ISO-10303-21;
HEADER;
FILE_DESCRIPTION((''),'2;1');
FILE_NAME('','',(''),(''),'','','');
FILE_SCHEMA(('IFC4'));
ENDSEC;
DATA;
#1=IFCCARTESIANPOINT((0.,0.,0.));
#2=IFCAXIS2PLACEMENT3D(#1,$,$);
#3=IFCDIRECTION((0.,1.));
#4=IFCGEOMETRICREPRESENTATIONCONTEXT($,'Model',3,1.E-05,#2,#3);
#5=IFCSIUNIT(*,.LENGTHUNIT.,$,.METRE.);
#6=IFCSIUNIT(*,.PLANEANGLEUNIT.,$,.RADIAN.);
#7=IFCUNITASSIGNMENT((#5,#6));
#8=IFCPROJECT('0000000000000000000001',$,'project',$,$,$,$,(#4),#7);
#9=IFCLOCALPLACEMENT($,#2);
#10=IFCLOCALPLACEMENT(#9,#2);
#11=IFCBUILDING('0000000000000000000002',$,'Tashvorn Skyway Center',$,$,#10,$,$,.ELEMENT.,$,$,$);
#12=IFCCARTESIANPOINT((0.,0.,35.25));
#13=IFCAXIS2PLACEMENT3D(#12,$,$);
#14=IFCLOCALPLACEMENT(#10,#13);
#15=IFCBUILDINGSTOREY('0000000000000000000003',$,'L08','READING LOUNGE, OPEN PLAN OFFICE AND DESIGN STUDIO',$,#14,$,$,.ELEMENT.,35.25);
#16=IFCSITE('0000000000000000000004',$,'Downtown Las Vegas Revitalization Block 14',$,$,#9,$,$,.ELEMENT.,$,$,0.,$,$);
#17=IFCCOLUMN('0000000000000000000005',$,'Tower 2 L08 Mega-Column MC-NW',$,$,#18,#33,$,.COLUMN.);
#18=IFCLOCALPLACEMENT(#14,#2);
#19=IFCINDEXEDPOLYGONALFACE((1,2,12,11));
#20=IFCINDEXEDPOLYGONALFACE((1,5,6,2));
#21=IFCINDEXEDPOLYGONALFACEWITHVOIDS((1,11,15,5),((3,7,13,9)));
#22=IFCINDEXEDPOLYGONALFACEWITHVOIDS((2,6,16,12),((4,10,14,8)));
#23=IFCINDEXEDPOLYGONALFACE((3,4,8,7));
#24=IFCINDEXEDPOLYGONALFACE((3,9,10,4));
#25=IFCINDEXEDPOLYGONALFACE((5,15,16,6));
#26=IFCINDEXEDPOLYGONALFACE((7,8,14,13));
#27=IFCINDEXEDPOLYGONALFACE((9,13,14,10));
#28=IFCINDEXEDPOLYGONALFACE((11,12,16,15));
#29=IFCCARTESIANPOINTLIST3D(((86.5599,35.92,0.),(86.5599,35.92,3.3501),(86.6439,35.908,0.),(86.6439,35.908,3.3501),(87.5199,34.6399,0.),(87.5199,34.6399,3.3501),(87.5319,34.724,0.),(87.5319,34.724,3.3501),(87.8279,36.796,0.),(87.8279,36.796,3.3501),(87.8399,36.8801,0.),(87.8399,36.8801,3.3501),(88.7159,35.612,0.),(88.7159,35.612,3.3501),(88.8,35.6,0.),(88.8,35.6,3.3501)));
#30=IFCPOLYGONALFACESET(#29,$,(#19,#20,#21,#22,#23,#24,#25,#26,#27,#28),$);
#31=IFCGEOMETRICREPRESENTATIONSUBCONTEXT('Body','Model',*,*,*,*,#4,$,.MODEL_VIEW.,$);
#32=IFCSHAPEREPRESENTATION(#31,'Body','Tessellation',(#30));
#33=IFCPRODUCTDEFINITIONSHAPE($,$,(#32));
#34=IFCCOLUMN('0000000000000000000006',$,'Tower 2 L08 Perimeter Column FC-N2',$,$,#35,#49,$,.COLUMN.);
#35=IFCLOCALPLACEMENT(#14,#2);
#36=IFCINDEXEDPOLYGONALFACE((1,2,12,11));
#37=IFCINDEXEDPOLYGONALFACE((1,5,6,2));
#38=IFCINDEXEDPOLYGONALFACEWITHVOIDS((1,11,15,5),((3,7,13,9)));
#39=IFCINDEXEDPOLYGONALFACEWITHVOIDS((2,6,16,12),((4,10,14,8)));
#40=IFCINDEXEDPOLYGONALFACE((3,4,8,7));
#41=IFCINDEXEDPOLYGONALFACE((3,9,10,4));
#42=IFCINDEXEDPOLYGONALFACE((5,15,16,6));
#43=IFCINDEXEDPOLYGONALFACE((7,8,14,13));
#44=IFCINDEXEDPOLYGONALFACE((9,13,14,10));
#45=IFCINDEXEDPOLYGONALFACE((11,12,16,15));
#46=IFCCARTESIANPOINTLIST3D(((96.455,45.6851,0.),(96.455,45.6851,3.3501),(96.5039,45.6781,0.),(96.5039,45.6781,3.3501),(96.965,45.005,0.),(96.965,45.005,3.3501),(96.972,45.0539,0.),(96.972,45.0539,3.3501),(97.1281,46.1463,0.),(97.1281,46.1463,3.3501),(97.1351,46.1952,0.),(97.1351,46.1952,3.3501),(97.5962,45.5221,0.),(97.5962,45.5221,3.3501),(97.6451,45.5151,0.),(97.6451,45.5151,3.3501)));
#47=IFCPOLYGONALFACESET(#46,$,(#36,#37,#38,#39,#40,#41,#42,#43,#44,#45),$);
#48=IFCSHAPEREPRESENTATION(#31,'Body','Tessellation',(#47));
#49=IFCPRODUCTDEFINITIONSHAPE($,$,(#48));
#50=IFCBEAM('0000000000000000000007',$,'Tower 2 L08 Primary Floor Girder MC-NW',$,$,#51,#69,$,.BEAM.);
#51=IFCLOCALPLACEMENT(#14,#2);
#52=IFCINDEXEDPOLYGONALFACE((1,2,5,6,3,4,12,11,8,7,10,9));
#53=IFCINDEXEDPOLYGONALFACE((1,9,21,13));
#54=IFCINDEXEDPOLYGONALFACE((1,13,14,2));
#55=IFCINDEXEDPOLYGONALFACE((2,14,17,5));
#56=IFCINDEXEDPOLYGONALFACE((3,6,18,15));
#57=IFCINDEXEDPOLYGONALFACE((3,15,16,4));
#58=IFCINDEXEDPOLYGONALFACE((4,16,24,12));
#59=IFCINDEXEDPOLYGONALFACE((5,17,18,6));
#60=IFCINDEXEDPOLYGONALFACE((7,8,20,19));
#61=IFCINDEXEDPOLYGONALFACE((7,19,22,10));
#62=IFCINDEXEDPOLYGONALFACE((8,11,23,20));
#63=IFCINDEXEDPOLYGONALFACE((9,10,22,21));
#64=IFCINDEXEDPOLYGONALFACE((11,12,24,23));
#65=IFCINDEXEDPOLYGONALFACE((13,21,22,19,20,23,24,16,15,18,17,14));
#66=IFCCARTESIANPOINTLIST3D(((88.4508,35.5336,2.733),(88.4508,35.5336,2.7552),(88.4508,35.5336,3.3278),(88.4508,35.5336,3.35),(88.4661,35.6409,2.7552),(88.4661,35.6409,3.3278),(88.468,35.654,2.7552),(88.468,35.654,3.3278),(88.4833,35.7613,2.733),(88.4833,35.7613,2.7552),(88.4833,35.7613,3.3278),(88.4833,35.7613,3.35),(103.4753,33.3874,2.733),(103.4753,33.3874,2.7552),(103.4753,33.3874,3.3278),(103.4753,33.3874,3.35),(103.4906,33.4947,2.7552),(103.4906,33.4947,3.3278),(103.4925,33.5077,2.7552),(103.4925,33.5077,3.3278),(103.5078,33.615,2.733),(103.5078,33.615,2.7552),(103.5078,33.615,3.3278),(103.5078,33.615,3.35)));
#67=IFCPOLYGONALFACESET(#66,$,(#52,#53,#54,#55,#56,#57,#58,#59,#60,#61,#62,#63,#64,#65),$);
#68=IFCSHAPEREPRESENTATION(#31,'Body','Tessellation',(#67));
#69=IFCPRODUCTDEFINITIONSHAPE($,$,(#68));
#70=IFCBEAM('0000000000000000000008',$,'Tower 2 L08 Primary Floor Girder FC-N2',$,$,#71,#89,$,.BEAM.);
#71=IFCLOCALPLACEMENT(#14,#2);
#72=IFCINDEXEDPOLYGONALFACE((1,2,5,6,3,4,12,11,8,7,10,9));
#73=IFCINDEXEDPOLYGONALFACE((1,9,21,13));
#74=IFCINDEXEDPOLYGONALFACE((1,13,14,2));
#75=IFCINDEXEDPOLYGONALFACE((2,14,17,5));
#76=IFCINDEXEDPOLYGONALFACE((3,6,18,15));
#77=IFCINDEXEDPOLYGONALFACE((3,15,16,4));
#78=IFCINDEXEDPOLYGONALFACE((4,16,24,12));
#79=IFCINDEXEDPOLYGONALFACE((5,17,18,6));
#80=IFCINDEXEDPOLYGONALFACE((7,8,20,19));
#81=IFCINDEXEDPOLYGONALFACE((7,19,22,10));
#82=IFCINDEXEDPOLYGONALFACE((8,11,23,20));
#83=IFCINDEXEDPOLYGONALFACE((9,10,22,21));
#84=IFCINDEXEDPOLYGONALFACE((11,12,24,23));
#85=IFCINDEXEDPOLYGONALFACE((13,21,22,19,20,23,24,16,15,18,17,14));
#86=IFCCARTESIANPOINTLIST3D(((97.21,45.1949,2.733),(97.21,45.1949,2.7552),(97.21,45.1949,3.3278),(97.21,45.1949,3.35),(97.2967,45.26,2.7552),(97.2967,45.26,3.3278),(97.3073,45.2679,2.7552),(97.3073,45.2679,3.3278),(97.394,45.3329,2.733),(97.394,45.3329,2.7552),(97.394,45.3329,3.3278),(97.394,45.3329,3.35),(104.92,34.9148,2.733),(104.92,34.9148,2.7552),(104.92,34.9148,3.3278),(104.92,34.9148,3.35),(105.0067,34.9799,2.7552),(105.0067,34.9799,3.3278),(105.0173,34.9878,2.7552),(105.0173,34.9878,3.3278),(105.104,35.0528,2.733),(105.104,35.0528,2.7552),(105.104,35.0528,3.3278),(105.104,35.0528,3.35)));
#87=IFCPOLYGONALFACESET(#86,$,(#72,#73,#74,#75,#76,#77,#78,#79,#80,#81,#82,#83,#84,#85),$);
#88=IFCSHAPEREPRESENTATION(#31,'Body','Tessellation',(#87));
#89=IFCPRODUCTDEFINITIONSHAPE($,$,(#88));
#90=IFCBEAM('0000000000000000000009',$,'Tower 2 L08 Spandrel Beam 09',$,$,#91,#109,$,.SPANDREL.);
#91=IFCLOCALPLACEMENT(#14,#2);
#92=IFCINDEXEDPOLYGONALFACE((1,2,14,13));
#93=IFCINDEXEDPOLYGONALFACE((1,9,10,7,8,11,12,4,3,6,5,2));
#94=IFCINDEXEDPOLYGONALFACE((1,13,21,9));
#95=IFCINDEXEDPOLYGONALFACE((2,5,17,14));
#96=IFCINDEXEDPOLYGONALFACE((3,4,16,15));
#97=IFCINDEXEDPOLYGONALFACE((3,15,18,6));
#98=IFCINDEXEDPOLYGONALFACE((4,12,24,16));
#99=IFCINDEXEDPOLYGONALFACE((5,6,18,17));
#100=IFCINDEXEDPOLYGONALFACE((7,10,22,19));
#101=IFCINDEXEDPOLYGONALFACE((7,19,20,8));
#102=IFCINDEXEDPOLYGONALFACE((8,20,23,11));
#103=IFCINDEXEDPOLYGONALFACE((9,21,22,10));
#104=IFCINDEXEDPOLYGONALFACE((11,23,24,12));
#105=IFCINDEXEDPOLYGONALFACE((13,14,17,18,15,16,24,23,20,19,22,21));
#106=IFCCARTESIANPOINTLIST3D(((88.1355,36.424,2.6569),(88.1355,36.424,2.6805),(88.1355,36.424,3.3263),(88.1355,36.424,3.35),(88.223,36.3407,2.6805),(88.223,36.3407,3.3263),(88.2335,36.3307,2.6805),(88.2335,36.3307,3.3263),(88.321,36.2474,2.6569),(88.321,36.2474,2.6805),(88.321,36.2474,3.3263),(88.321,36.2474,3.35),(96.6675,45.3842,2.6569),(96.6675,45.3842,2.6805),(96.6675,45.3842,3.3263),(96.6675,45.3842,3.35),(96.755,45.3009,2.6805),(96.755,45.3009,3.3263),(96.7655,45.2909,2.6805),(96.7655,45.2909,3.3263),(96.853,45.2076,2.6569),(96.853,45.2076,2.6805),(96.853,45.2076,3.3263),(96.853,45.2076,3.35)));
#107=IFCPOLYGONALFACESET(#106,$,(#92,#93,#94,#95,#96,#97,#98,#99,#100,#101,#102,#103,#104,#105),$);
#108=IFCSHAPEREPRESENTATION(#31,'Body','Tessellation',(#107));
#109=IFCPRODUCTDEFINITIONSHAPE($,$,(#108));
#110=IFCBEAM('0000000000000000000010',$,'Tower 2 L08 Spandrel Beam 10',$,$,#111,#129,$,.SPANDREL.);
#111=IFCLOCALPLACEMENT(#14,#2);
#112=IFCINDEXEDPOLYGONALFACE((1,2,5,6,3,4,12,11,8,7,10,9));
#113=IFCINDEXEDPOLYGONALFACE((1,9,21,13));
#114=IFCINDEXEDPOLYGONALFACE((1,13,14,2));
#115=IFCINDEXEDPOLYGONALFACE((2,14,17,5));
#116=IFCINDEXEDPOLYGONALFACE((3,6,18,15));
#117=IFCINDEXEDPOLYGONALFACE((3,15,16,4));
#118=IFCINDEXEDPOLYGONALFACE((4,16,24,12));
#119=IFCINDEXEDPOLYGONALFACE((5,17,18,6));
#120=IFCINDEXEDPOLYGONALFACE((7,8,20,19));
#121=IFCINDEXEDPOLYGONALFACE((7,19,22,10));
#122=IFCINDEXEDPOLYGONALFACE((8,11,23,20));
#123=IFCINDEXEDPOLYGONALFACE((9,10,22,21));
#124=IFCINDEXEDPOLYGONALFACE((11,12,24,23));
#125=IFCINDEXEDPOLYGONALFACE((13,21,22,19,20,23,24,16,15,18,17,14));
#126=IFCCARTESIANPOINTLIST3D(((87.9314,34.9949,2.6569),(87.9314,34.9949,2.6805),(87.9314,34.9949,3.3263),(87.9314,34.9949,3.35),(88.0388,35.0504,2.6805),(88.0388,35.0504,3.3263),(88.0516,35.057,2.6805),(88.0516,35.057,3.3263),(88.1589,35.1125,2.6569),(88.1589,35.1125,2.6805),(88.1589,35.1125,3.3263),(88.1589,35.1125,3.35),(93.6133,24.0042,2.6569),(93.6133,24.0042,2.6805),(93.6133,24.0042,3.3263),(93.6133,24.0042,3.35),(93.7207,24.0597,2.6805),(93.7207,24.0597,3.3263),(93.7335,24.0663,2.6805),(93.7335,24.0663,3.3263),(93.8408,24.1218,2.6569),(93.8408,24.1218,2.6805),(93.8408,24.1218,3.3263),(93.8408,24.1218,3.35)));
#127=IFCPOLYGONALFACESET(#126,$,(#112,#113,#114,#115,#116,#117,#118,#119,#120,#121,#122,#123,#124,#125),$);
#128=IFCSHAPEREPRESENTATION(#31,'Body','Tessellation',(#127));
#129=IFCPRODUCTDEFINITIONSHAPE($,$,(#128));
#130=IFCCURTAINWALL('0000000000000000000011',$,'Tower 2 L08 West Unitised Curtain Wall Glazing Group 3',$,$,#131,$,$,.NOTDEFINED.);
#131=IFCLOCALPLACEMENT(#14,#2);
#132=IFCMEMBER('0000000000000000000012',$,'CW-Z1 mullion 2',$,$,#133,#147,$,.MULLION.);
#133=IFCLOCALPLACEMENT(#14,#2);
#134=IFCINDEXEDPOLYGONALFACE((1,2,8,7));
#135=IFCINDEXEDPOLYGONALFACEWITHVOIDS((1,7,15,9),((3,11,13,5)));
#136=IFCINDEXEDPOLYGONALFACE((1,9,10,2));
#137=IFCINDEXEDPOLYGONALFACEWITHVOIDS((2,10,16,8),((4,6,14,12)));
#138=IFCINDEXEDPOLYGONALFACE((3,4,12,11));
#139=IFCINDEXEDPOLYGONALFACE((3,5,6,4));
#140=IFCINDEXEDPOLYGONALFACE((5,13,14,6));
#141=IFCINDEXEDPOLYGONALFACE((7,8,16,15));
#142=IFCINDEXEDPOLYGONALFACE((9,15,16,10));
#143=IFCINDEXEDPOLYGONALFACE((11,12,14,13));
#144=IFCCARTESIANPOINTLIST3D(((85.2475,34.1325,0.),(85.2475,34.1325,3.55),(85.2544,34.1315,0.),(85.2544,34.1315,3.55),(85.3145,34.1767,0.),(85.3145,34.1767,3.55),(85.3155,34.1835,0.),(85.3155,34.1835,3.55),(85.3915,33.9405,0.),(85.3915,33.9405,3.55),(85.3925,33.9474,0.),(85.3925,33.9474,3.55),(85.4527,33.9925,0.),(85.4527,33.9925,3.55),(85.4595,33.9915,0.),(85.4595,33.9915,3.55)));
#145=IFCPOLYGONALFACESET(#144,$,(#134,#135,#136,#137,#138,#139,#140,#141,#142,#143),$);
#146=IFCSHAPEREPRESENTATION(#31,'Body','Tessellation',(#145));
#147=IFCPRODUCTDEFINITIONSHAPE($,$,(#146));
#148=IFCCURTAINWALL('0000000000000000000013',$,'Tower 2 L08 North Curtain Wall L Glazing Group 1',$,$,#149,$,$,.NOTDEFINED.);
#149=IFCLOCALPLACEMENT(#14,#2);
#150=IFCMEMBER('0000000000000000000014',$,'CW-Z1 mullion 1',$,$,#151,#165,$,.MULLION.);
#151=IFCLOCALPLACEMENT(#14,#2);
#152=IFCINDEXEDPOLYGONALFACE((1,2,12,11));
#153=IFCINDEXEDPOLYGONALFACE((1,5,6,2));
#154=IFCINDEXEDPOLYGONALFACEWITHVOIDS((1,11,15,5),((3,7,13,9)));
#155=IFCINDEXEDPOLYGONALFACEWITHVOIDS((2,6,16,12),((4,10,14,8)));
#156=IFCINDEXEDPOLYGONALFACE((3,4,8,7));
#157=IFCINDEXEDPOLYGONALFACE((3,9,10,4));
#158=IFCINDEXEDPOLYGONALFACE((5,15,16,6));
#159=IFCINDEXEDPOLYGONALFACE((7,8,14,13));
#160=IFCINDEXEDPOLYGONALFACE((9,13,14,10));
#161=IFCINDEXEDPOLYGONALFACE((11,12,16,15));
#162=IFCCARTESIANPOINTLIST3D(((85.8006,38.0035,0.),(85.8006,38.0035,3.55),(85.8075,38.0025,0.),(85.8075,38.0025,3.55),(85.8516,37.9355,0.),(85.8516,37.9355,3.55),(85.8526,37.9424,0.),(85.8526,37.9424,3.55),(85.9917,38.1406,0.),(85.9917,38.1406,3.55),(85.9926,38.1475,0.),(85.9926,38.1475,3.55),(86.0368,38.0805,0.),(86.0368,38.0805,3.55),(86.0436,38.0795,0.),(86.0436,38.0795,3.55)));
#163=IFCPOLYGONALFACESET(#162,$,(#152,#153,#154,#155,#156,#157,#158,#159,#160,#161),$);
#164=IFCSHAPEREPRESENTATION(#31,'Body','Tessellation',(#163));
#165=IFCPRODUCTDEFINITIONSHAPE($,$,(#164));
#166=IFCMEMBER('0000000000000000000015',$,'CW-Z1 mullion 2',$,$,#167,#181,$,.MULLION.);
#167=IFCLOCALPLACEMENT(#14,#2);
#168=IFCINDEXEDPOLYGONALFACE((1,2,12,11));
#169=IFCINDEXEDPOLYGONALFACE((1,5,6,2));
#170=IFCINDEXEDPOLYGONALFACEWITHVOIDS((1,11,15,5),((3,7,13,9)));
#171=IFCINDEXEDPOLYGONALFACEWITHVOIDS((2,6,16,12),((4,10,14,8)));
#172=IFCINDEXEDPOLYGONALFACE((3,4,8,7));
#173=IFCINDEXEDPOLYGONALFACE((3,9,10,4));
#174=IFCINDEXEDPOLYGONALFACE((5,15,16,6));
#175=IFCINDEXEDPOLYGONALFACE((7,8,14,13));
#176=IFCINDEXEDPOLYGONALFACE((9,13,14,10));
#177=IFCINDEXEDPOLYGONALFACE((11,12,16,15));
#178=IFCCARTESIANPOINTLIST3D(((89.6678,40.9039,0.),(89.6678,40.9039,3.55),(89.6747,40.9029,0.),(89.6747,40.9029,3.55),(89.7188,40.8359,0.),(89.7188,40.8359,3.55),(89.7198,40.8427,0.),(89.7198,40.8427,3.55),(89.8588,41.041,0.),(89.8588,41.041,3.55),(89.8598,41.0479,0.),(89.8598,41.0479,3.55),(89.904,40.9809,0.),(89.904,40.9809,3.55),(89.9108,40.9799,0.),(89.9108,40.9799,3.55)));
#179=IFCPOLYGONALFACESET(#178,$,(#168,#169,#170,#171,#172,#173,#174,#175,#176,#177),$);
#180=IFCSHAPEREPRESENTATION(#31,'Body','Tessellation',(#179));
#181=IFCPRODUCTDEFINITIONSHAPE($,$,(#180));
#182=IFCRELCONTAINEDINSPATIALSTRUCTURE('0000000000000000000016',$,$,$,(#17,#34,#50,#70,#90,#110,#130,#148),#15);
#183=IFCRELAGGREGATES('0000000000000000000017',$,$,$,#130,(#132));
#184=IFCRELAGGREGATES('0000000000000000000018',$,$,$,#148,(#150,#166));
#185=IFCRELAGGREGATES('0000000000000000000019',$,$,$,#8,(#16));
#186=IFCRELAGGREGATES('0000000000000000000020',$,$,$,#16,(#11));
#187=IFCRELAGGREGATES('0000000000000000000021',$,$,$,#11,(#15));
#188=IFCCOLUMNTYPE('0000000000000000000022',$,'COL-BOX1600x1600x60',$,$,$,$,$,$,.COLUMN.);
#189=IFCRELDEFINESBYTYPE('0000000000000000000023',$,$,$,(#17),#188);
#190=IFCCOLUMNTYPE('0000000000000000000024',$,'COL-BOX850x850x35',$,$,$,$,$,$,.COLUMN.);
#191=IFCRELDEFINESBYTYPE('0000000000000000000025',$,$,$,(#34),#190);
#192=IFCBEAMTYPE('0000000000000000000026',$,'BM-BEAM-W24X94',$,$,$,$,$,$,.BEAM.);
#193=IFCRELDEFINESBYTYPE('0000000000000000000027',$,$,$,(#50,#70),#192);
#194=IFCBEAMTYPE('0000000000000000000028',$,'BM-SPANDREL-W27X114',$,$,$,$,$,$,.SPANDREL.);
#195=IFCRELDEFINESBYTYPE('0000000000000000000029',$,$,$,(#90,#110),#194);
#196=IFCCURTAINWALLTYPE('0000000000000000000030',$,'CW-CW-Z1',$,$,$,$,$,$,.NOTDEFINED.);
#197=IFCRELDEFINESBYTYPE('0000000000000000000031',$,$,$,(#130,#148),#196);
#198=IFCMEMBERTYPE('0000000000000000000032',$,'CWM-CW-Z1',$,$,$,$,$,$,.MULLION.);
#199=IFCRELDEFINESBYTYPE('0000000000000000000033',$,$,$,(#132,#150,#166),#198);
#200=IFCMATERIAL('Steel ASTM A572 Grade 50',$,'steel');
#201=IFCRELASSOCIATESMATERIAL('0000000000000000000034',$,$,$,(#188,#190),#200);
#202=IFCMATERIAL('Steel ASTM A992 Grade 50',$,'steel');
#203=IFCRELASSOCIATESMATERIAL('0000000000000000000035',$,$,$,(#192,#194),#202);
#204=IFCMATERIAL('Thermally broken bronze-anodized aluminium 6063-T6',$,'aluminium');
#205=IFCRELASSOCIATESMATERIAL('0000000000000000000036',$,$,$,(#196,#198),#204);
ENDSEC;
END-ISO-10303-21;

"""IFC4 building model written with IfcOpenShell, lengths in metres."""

from ifc_helpers import new_model, si_unit, direction, frame, origin, origin_2d, place, context, subcontext, project, spatial, hollow_rectangle, i_section, extrude, material, material_profile, profile_set, type_object, element, aggregate, save


model = new_model("IFC4")

# Units and contexts
model_context = context("Model", 3, precision=1e-05, world=origin(), true_north=direction((0.0, 1.0)))
body_context = subcontext(model_context, "Body", "Model", "MODEL_VIEW")
ifc_project = project(units=[si_unit("LENGTHUNIT", "METRE"), si_unit("PLANEANGLEUNIT", "RADIAN")], contexts=[model_context])

# Site, building, storey
site_placement = place(None, origin())
site = spatial("IfcSite", under=ifc_project, at=site_placement, Name="Downtown Las Vegas Revitalization Block 14", CompositionType="ELEMENT", RefElevation=0.0)
building_placement = place(site_placement, origin())
building = spatial("IfcBuilding", under=site, at=building_placement, Name="Tashvorn Skyway Center", CompositionType="ELEMENT")
storey_placement = place(building_placement, frame((0.0, 0.0, 35.25)))
storey = spatial("IfcBuildingStorey", under=building, at=storey_placement, Name="L08", Description="READING LOUNGE, OPEN PLAN OFFICE AND DESIGN STUDIO", CompositionType="ELEMENT", Elevation=35.25)

# Columns
ifc_material_1 = material(Name="Steel ASTM A572 Grade 50", Category="steel")
ifc_material_profile_1 = material_profile(ifc_material_1, hollow_rectangle(XDim=1.6001, YDim=1.6001, WallThickness=0.0601, at=origin_2d()), Name="BOX1600x1600x60")
ifc_profile_set_1 = profile_set([ifc_material_profile_1], Name="Steel ASTM A572 Grade 50")
column_type_1 = type_object("IfcColumnType", Name="COL-BOX1600x1600x60", PredefinedType="COLUMN", material=ifc_profile_set_1)
column_1_placement = place(storey_placement, frame((87.6799, 35.76, 0.0), z_axis=(0.0, 0.0, 1.0), x_axis=(0.8, 0.6, 0.0)))
element("IfcColumn", 1, at=column_1_placement, inside=storey, type_object=column_type_1, Name="Tower 2 L08 Mega-Column MC-NW", PredefinedType="COLUMN", context=body_context, shape_type="SweptSolid", body=[
    extrude(hollow_rectangle(XDim=1.6001, YDim=1.6001, WallThickness=0.0601, at=origin_2d()), origin(), (0.0, 0.0, 1.0), 3.3501),
])
ifc_material_profile_2 = material_profile(ifc_material_1, hollow_rectangle(XDim=0.8501, YDim=0.8501, WallThickness=0.0349, at=origin_2d()), Name="BOX850x850x35")
ifc_profile_set_2 = profile_set([ifc_material_profile_2], Name="Steel ASTM A572 Grade 50")
column_type_2 = type_object("IfcColumnType", Name="COL-BOX850x850x35", PredefinedType="COLUMN", material=ifc_profile_set_2)
column_2_placement = place(storey_placement, frame((97.05, 45.6001, 0.0), z_axis=(0.0, 0.0, 1.0), x_axis=(0.8, 0.6, 0.0)))
element("IfcColumn", 2, at=column_2_placement, inside=storey, type_object=column_type_2, Name="Tower 2 L08 Perimeter Column FC-N2", PredefinedType="COLUMN", context=body_context, shape_type="SweptSolid", body=[
    extrude(hollow_rectangle(XDim=0.8501, YDim=0.8501, WallThickness=0.0349, at=origin_2d()), origin(), (0.0, 0.0, 1.0), 3.3501),
])

# Beams
ifc_material_2 = material(Name="Steel ASTM A992 Grade 50", Category="steel")
ifc_material_profile_3 = material_profile(ifc_material_2, i_section(OverallWidth=0.23, OverallDepth=0.6169, WebThickness=0.0132, FlangeThickness=0.0222, at=origin_2d()), Name="W24X94")
ifc_profile_set_3 = profile_set([ifc_material_profile_3], Name="Steel ASTM A992 Grade 50")
beam_type_1 = type_object("IfcBeamType", Name="BM-BEAM-W24X94", PredefinedType="BEAM", material=ifc_profile_set_3)
beam_1_placement = place(storey_placement, frame((88.467, 35.6475, 3.0415), z_axis=(0.98995, -0.141415, 0.0), x_axis=(0.141415, 0.98995, 0.0)))
element("IfcBeam", 3, at=beam_1_placement, inside=storey, type_object=beam_type_1, Name="Tower 2 L08 Primary Floor Girder MC-NW", PredefinedType="BEAM", context=body_context, shape_type="SweptSolid", body=[
    extrude(i_section(OverallWidth=0.23, OverallDepth=0.6169, WebThickness=0.0132, FlangeThickness=0.0222, at=origin_2d()), origin(), (0.0, 0.0, 1.0), 15.177),
])
beam_2_placement = place(storey_placement, frame((97.302, 45.2639, 3.0415), z_axis=(0.599997, -0.800002, 0.0), x_axis=(0.800002, 0.599997, 0.0)))
element("IfcBeam", 4, at=beam_2_placement, inside=storey, type_object=beam_type_1, Name="Tower 2 L08 Primary Floor Girder FC-N2", PredefinedType="BEAM", context=body_context, shape_type="SweptSolid", body=[
    extrude(i_section(OverallWidth=0.23, OverallDepth=0.6169, WebThickness=0.0132, FlangeThickness=0.0222, at=origin_2d()), origin(), (0.0, 0.0, 1.0), 12.8501),
])
ifc_material_profile_4 = material_profile(ifc_material_2, i_section(OverallWidth=0.2561, OverallDepth=0.6931, WebThickness=0.0144, FlangeThickness=0.0237, at=origin_2d()), Name="W27X114")
ifc_profile_set_4 = profile_set([ifc_material_profile_4], Name="Steel ASTM A992 Grade 50")
beam_type_2 = type_object("IfcBeamType", Name="BM-SPANDREL-W27X114", PredefinedType="SPANDREL", material=ifc_profile_set_4)
for number, where, z_axis, x_axis, name in (
    (5, (96.7603, 45.2959, 3.0034), (-0.68959, -0.7242, 0.0), (0.7242, -0.68959, 0.0), "Tower 2 L08 Spandrel Beam 09"),
    (6, (88.0452, 35.0537, 3.0034), (0.459233, -0.888316, 0.0), (0.888316, 0.459233, 0.0), "Tower 2 L08 Spandrel Beam 10"),
):
    element("IfcBeam", number, at=place(storey_placement, frame(where, z_axis=z_axis, x_axis=x_axis)), inside=storey, type_object=beam_type_2, Name=name, PredefinedType="SPANDREL", context=body_context, shape_type="SweptSolid", body=[
        extrude(i_section(OverallWidth=0.2561, OverallDepth=0.6931, WebThickness=0.0144, FlangeThickness=0.0237, at=origin_2d()), origin(), (0.0, 0.0, 1.0), 12.3726),
    ])

# Curtain wall, member
ifc_material_3 = material(Name="Thermally broken bronze-anodized aluminium 6063-T6", Category="aluminium")
curtain_wall_type = type_object("IfcCurtainWallType", Name="CW-CW-Z1", PredefinedType="NOTDEFINED", material=ifc_material_3)
curtain_wall_1_placement = place(storey_placement, origin())
curtain_wall_1 = element("IfcCurtainWall", 7, at=curtain_wall_1_placement, inside=storey, type_object=curtain_wall_type, Name="Tower 2 L08 West Unitised Curtain Wall Glazing Group 3", PredefinedType="NOTDEFINED")
ifc_material_profile_5 = material_profile(ifc_material_3, hollow_rectangle(XDim=0.085, YDim=0.24, WallThickness=0.0049, at=origin_2d()), Name="ALU-MULL-85x240")
ifc_profile_set_5 = profile_set([ifc_material_profile_5], Name="Thermally broken bronze-anodized aluminium 6063-T6")
member_type_1 = type_object("IfcMemberType", Name="CWM-CW-Z1", PredefinedType="MULLION", material=ifc_profile_set_5)
member_1_placement = place(storey_placement, frame((85.3535, 34.062, 0.0), z_axis=(0.0, 0.0, 1.0), x_axis=(-0.8, -0.6, 0.0)))
member_1 = element("IfcMember", 8, at=member_1_placement, type_object=member_type_1, Name="CW-Z1 mullion 2", PredefinedType="MULLION", context=body_context, shape_type="SweptSolid", body=[
    extrude(hollow_rectangle(XDim=0.085, YDim=0.24, WallThickness=0.0049, at=origin_2d()), origin(), (0.0, 0.0, 1.0), 3.55),
])
aggregate(curtain_wall_1, [member_1])

# Curtain wall, members
curtain_wall_2_placement = place(storey_placement, origin())
curtain_wall_2 = element("IfcCurtainWall", 9, at=curtain_wall_2_placement, inside=storey, type_object=curtain_wall_type, Name="Tower 2 L08 North Curtain Wall L Glazing Group 1", PredefinedType="NOTDEFINED")
member_2_placement = place(storey_placement, frame((85.9221, 38.0415, 0.0), z_axis=(0.0, 0.0, 1.0), x_axis=(-0.599998, 0.800001, 0.0)))
member_2 = element("IfcMember", 10, at=member_2_placement, type_object=member_type_1, Name="CW-Z1 mullion 1", PredefinedType="MULLION", context=body_context, shape_type="SweptSolid", body=[
    extrude(hollow_rectangle(XDim=0.085, YDim=0.24, WallThickness=0.0049, at=origin_2d()), origin(), (0.0, 0.0, 1.0), 3.55),
])
member_3_placement = place(storey_placement, frame((89.7893, 40.9419, 0.0), z_axis=(0.0, 0.0, 1.0), x_axis=(-0.599998, 0.800001, 0.0)))
member_3 = element("IfcMember", 11, at=member_3_placement, type_object=member_type_1, Name="CW-Z1 mullion 2", PredefinedType="MULLION", context=body_context, shape_type="SweptSolid", body=[
    extrude(hollow_rectangle(XDim=0.085, YDim=0.24, WallThickness=0.0049, at=origin_2d()), origin(), (0.0, 0.0, 1.0), 3.55),
])
aggregate(curtain_wall_2, [member_2, member_3])

save(model, "model.ifc")
